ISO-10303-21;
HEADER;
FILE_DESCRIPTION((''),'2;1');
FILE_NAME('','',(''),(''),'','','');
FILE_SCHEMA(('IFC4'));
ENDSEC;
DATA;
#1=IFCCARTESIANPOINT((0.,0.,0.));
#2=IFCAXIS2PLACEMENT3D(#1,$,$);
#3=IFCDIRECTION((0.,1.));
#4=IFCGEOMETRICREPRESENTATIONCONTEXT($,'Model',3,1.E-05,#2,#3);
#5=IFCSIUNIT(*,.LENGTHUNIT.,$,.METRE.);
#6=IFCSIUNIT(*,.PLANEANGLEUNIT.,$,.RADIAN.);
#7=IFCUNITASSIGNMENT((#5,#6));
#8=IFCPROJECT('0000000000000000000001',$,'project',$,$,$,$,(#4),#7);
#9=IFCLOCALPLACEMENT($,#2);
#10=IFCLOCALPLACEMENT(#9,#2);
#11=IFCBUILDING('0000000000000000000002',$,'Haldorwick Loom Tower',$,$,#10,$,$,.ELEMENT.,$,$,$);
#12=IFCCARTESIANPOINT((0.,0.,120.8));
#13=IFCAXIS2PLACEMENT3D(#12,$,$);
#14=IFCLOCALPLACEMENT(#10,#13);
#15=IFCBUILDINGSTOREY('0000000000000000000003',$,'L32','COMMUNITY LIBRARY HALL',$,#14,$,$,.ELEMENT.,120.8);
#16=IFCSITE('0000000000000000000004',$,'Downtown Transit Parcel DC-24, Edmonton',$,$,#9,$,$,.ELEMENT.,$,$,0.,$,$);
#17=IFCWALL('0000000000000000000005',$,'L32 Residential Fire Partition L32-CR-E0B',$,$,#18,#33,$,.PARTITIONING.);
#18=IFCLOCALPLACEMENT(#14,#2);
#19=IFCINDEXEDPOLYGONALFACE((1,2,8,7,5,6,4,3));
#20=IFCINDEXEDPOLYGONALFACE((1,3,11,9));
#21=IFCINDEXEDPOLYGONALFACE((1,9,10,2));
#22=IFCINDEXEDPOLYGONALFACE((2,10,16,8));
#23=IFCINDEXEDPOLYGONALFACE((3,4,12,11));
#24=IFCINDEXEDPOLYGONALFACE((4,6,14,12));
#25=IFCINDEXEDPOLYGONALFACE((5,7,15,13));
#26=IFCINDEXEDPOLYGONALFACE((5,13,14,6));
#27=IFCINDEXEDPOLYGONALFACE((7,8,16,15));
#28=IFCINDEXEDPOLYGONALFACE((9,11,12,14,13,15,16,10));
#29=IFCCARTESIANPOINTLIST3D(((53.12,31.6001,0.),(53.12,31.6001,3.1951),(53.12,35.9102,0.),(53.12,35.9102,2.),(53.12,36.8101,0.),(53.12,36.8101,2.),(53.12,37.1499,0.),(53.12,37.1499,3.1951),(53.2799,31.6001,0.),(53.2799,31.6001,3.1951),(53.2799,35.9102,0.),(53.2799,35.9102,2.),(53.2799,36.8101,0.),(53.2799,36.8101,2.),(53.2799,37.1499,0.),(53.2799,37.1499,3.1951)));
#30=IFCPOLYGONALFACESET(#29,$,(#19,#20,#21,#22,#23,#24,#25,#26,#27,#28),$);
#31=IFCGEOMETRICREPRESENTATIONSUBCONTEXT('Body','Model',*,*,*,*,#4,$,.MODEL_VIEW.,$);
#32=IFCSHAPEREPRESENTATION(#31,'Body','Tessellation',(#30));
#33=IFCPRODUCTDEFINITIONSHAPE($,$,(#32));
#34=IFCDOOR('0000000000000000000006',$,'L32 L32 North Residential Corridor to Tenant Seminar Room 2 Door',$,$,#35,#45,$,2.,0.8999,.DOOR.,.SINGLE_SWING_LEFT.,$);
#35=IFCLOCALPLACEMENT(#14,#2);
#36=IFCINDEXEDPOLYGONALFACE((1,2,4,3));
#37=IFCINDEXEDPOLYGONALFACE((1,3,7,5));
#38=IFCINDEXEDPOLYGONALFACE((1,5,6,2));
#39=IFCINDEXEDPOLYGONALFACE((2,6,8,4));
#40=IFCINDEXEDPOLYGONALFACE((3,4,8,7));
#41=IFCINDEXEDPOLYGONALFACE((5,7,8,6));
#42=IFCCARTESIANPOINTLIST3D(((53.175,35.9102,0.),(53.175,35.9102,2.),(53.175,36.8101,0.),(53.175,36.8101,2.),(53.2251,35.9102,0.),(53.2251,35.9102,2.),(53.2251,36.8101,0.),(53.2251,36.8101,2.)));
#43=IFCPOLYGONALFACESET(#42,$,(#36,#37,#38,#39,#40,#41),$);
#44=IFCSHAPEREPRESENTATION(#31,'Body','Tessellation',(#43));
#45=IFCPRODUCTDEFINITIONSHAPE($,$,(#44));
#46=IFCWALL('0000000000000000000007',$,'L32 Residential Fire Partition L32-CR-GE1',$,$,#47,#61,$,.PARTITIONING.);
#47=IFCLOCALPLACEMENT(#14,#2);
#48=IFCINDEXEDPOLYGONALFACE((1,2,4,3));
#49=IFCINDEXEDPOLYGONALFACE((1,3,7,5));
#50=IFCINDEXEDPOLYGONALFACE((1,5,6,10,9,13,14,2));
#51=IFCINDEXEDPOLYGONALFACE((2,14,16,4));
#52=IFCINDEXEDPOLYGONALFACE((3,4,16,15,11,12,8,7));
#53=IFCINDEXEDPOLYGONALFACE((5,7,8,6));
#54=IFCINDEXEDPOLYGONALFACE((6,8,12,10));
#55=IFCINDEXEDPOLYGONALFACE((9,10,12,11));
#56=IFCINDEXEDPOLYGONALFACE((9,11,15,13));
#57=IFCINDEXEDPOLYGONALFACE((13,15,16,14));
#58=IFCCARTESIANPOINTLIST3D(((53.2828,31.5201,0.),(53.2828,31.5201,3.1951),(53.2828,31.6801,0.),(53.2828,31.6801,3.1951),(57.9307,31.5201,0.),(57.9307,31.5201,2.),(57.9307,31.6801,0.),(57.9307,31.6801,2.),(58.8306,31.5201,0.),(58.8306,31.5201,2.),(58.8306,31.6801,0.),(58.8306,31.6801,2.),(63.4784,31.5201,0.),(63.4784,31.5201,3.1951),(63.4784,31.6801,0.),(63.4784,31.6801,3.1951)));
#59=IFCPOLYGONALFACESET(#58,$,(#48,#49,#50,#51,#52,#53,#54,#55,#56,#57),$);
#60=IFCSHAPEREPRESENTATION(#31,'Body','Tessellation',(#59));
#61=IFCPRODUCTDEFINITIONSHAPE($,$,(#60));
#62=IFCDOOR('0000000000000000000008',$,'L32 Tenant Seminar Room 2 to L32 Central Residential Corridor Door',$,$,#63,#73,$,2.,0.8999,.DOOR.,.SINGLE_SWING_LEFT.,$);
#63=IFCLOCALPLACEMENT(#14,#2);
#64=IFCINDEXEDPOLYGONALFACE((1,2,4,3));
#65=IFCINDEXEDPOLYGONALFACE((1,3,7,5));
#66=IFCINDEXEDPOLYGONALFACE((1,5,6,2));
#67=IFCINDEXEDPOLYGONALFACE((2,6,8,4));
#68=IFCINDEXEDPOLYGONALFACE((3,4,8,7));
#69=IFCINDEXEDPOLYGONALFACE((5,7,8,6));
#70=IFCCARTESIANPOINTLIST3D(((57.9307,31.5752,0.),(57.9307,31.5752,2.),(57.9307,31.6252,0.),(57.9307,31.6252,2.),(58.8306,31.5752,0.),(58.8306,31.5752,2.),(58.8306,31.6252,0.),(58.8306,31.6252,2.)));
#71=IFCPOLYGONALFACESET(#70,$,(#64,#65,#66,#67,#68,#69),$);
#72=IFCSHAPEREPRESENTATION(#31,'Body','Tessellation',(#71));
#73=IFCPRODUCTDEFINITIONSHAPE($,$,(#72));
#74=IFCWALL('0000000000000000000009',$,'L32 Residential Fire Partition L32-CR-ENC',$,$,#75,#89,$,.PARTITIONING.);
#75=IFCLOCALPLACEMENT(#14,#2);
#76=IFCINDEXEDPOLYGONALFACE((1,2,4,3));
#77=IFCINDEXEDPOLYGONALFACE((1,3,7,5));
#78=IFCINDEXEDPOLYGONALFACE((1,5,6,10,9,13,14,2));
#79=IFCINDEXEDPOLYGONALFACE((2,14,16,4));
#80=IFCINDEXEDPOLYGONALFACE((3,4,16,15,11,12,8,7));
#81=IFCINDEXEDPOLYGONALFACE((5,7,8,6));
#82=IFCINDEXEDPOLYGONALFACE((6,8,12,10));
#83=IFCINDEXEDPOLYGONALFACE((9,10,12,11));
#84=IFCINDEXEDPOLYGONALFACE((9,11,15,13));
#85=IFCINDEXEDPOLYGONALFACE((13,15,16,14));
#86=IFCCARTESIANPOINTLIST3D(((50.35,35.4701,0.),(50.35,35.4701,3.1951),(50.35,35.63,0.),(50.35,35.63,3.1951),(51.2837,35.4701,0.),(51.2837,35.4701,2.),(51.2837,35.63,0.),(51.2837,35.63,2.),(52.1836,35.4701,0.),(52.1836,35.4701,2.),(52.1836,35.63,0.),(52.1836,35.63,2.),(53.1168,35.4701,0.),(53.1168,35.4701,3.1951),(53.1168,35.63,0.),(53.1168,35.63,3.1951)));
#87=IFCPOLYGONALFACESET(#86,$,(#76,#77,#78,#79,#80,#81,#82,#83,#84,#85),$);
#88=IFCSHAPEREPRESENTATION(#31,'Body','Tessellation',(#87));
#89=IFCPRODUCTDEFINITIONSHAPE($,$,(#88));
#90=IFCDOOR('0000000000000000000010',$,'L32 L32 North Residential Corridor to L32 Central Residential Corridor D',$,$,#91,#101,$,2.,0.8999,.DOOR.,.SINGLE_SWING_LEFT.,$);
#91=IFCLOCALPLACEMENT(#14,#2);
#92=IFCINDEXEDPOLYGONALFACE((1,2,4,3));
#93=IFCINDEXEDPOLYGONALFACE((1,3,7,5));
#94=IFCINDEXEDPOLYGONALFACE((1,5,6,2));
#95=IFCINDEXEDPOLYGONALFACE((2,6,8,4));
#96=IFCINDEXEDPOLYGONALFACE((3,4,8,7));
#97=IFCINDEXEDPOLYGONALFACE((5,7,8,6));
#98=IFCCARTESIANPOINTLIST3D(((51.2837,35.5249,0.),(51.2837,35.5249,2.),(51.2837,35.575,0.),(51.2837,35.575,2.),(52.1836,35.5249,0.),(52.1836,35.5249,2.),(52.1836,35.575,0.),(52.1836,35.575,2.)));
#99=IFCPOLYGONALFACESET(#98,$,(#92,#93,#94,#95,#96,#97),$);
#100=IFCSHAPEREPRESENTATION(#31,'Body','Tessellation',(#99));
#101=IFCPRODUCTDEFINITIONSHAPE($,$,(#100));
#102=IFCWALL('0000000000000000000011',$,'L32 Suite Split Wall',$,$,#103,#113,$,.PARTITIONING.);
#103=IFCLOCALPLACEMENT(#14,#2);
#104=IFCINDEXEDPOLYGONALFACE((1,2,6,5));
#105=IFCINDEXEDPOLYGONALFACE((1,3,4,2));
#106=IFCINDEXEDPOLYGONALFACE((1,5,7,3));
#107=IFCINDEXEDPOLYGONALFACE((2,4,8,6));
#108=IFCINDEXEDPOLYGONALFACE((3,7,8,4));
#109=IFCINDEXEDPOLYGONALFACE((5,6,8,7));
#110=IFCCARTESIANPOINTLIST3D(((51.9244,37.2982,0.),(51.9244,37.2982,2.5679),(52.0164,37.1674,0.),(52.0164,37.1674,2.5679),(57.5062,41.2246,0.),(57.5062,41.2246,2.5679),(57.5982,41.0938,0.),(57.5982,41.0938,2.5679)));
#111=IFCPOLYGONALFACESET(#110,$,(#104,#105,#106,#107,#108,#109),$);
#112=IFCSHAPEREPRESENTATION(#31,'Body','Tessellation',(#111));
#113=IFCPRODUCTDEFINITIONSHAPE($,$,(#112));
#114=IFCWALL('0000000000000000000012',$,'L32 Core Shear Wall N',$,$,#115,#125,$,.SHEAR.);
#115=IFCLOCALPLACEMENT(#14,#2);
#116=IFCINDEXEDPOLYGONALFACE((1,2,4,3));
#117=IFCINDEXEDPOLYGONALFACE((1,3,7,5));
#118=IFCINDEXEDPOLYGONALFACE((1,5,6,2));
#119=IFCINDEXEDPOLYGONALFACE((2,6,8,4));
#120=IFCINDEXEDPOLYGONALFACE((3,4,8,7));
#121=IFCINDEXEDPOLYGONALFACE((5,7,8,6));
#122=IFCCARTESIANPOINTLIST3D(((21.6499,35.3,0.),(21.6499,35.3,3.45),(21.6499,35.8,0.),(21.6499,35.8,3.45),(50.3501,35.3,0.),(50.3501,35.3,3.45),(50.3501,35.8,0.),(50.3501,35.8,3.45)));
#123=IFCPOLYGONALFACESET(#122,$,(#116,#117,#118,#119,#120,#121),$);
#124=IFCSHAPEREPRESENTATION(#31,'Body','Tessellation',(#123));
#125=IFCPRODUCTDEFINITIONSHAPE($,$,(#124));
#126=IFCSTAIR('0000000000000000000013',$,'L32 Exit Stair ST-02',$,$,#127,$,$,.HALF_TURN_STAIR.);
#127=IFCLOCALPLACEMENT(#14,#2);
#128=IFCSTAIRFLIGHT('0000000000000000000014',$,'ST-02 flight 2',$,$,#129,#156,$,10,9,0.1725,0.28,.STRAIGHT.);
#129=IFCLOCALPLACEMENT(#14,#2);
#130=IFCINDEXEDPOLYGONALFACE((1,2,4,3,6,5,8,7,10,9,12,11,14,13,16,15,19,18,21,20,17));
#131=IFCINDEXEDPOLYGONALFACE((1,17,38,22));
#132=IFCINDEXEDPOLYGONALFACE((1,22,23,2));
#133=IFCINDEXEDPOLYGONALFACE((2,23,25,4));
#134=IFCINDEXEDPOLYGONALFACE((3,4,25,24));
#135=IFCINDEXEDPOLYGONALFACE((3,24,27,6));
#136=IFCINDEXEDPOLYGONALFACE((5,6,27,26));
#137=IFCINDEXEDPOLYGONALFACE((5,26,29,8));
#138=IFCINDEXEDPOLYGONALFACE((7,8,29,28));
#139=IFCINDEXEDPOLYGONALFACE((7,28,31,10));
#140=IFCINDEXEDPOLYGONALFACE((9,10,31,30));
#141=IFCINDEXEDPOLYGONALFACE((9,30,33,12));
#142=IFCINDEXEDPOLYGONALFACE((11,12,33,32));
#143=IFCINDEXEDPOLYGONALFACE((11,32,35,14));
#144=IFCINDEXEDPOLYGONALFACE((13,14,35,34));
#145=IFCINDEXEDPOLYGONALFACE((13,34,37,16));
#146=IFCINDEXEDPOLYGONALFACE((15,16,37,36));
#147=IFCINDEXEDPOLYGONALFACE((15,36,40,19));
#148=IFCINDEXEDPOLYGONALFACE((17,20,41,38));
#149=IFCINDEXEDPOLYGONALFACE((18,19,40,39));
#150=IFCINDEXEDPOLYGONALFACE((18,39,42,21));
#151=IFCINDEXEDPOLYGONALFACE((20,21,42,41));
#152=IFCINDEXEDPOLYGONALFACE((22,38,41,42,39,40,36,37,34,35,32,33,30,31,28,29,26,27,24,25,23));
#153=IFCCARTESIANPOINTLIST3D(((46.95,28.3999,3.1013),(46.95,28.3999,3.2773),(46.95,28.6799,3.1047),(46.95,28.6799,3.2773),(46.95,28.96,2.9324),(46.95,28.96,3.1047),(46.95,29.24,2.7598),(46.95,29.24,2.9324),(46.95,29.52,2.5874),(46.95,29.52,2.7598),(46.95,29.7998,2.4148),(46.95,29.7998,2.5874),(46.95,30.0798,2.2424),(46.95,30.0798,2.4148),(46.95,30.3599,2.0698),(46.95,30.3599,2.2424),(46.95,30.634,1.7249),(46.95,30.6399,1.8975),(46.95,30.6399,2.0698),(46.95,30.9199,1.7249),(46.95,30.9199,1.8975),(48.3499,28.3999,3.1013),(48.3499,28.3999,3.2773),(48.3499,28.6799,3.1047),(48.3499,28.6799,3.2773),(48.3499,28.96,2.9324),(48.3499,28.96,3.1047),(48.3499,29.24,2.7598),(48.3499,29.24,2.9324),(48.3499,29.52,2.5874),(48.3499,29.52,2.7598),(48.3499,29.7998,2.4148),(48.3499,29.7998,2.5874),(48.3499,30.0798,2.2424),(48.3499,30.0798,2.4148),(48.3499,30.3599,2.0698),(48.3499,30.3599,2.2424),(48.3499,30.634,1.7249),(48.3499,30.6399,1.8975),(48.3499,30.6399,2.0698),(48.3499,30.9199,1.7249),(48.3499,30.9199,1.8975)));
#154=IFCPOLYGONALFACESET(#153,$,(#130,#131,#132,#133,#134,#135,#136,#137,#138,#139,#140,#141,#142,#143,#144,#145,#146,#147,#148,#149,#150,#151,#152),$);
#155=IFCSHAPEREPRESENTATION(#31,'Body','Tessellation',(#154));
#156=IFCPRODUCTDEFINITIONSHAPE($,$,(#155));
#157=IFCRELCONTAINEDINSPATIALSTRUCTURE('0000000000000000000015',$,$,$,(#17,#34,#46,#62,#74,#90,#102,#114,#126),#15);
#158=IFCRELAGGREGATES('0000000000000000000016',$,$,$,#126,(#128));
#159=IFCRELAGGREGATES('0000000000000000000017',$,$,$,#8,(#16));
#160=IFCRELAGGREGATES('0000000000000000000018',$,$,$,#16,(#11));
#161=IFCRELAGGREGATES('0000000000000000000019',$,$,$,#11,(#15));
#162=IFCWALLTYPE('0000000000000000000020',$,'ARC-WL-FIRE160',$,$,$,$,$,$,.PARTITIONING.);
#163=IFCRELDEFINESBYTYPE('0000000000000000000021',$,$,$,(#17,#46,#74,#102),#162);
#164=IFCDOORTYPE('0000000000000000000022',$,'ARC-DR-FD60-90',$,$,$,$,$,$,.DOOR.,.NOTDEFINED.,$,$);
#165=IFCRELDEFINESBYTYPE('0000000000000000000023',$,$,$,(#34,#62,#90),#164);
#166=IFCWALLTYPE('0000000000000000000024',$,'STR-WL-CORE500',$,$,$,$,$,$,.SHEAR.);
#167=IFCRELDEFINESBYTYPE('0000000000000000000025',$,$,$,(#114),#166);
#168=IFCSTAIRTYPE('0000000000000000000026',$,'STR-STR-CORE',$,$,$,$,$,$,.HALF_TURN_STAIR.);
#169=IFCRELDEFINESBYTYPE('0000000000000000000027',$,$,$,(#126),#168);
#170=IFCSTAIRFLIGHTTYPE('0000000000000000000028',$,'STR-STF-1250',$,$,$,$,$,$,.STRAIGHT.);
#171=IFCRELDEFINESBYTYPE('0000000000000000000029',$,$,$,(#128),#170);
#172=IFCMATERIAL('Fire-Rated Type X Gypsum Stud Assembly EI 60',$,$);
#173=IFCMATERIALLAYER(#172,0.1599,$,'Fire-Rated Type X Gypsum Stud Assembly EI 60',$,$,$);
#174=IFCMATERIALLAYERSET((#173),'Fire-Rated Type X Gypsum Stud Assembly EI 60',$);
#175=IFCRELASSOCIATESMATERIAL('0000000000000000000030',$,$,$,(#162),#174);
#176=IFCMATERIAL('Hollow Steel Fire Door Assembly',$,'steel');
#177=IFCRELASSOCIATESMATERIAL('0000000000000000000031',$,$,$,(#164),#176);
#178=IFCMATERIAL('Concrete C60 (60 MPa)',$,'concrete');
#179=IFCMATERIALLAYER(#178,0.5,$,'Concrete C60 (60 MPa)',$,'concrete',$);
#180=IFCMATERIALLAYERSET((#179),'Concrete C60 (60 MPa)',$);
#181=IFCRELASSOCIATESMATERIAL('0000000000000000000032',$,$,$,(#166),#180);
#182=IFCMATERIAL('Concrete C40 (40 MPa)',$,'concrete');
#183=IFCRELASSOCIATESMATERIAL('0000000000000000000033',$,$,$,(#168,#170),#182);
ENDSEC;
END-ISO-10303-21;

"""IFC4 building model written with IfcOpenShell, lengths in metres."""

from ifc_helpers import new_model, si_unit, direction, frame, frame_2d, origin, place, context, subcontext, project, spatial, polyline, rectangle, outline, extrude, material, layer, layer_set, type_object, element, fill, aggregate, save


model = new_model("IFC4")

# Units and contexts
model_context = context("Model", 3, precision=1e-05, world=origin(), true_north=direction((0.0, 1.0)))
body_context = subcontext(model_context, "Body", "Model", "MODEL_VIEW")
ifc_project = project(units=[si_unit("LENGTHUNIT", "METRE"), si_unit("PLANEANGLEUNIT", "RADIAN")], contexts=[model_context])

# Site, building, storey
site_placement = place(None, origin())
site = spatial("IfcSite", under=ifc_project, at=site_placement, Name="Downtown Transit Parcel DC-24, Edmonton", CompositionType="ELEMENT", RefElevation=0.0)
building_placement = place(site_placement, origin())
building = spatial("IfcBuilding", under=site, at=building_placement, Name="Haldorwick Loom Tower", CompositionType="ELEMENT")
storey_placement = place(building_placement, frame((0.0, 0.0, 120.8)))
storey = spatial("IfcBuildingStorey", under=building, at=storey_placement, Name="L32", Description="COMMUNITY LIBRARY HALL", CompositionType="ELEMENT", Elevation=120.8)

# Shared definitions
ifc_material_1 = material(Name="Concrete C60 (60 MPa)", Category="concrete")

# Walls, openings, doors
ifc_material_2 = material(Name="Fire-Rated Type X Gypsum Stud Assembly EI 60")
ifc_layer_1 = layer(ifc_material_2, 0.1599, Name="Fire-Rated Type X Gypsum Stud Assembly EI 60")
ifc_layer_set_1 = layer_set([ifc_layer_1], Name="Fire-Rated Type X Gypsum Stud Assembly EI 60")
wall_type_1 = type_object("IfcWallType", Name="ARC-WL-FIRE160", PredefinedType="PARTITIONING", material=ifc_layer_set_1)
wall_1_placement = place(storey_placement, frame((53.2, 31.6001, 0.0), z_axis=(0.0, 0.0, 1.0), x_axis=(0.0, 1.0, 0.0)))
wall_1 = element("IfcWall", 1, at=wall_1_placement, inside=storey, type_object=wall_type_1, Name="L32 Residential Fire Partition L32-CR-E0B", PredefinedType="PARTITIONING", context=body_context, shape_type="SweptSolid", body=[
    extrude(rectangle(XDim=5.5498, YDim=0.1599, at=frame_2d((2.7749, 0.0))), origin(), (0.0, 0.0, 1.0), 3.1951),
])
opening_1_placement = place(wall_1_placement, frame((4.3101, 0.0, 0.0)))
opening_1 = element("IfcOpeningElement", 2, at=opening_1_placement, cuts=wall_1, PredefinedType="OPENING", context=body_context, shape_type="SweptSolid", body=[
    extrude(rectangle(XDim=0.8999, YDim=2.0, at=frame_2d((0.45, 1.0))), frame((0.0, 0.0898, 0.0), z_axis=(0.0, -1.0, 0.0), x_axis=(1.0, 0.0, 0.0)), (0.0, 0.0, 1.0), 0.1799),
])
ifc_material_3 = material(Name="Hollow Steel Fire Door Assembly", Category="steel")
door_type = type_object("IfcDoorType", Name="ARC-DR-FD60-90", OperationType="NOTDEFINED", PredefinedType="DOOR", material=ifc_material_3)
door_1_placement = place(opening_1_placement, origin())
door_1 = element("IfcDoor", 3, at=door_1_placement, inside=storey, type_object=door_type, Name="L32 L32 North Residential Corridor to Tenant Seminar Room 2 Door", OperationType="SINGLE_SWING_LEFT", OverallHeight=2.0, OverallWidth=0.8999, PredefinedType="DOOR", context=body_context, shape_type="SweptSolid", body=[
    extrude(rectangle(XDim=0.8999, YDim=2.0, at=frame_2d((0.45, 1.0))), frame((0.0, 0.0249, 0.0), z_axis=(0.0, -1.0, 0.0), x_axis=(1.0, 0.0, 0.0)), (0.0, 0.0, 1.0), 0.05),
])
fill(opening_1, door_1)
wall_2_placement = place(storey_placement, frame((53.283, 31.6001, 0.0), z_axis=(0.0, 0.0, 1.0), x_axis=(1.0, 0.0, 0.0)))
wall_2 = element("IfcWall", 4, at=wall_2_placement, inside=storey, type_object=wall_type_1, Name="L32 Residential Fire Partition L32-CR-GE1", PredefinedType="PARTITIONING", context=body_context, shape_type="SweptSolid", body=[
    extrude(rectangle(XDim=10.1956, YDim=0.1599, at=frame_2d((5.0977, 0.0))), origin(), (0.0, 0.0, 1.0), 3.1951),
])
opening_2_placement = place(wall_2_placement, frame((4.6477, 0.0, 0.0)))
opening_2 = element("IfcOpeningElement", 5, at=opening_2_placement, cuts=wall_2, PredefinedType="OPENING", context=body_context, shape_type="SweptSolid", body=[
    extrude(rectangle(XDim=0.8999, YDim=2.0, at=frame_2d((0.45, 1.0))), frame((0.0, 0.0898, 0.0), z_axis=(0.0, -1.0, 0.0), x_axis=(1.0, 0.0, 0.0)), (0.0, 0.0, 1.0), 0.1799),
])
door_2_placement = place(opening_2_placement, frame((0.8999, 0.0, 0.0), z_axis=(0.0, 0.0, 1.0), x_axis=(-1.0, 0.0, 0.0)))
door_2 = element("IfcDoor", 6, at=door_2_placement, inside=storey, type_object=door_type, Name="L32 Tenant Seminar Room 2 to L32 Central Residential Corridor Door", OperationType="SINGLE_SWING_LEFT", OverallHeight=2.0, OverallWidth=0.8999, PredefinedType="DOOR", context=body_context, shape_type="SweptSolid", body=[
    extrude(rectangle(XDim=0.8999, YDim=2.0, at=frame_2d((0.45, 1.0))), frame((0.0, 0.0249, 0.0), z_axis=(0.0, -1.0, 0.0), x_axis=(1.0, 0.0, 0.0)), (0.0, 0.0, 1.0), 0.05),
])
fill(opening_2, door_2)
wall_3_placement = place(storey_placement, frame((50.3501, 35.55, 0.0), z_axis=(0.0, 0.0, 1.0), x_axis=(1.0, 0.0, 0.0)))
wall_3 = element("IfcWall", 7, at=wall_3_placement, inside=storey, type_object=wall_type_1, Name="L32 Residential Fire Partition L32-CR-ENC", PredefinedType="PARTITIONING", context=body_context, shape_type="SweptSolid", body=[
    extrude(rectangle(XDim=2.7668, YDim=0.1599, at=frame_2d((1.3833, 0.0))), origin(), (0.0, 0.0, 1.0), 3.1951),
])
opening_3_placement = place(wall_3_placement, frame((0.9336, 0.0, 0.0)))
opening_3 = element("IfcOpeningElement", 8, at=opening_3_placement, cuts=wall_3, PredefinedType="OPENING", context=body_context, shape_type="SweptSolid", body=[
    extrude(rectangle(XDim=0.8999, YDim=2.0, at=frame_2d((0.45, 1.0))), frame((0.0, 0.0898, 0.0), z_axis=(0.0, -1.0, 0.0), x_axis=(1.0, 0.0, 0.0)), (0.0, 0.0, 1.0), 0.1799),
])
door_3_placement = place(opening_3_placement, origin())
door_3 = element("IfcDoor", 9, at=door_3_placement, inside=storey, type_object=door_type, Name="L32 L32 North Residential Corridor to L32 Central Residential Corridor D", OperationType="SINGLE_SWING_LEFT", OverallHeight=2.0, OverallWidth=0.8999, PredefinedType="DOOR", context=body_context, shape_type="SweptSolid", body=[
    extrude(rectangle(XDim=0.8999, YDim=2.0, at=frame_2d((0.45, 1.0))), frame((0.0, 0.0249, 0.0), z_axis=(0.0, -1.0, 0.0), x_axis=(1.0, 0.0, 0.0)), (0.0, 0.0, 1.0), 0.05),
])
fill(opening_3, door_3)

# Walls
wall_4_placement = place(storey_placement, frame((51.9705, 37.2329, 0.0), z_axis=(0.0, 0.0, 1.0), x_axis=(0.817921, 0.575331, 0.0)))
element("IfcWall", 10, at=wall_4_placement, inside=storey, type_object=wall_type_1, Name="L32 Suite Split Wall", PredefinedType="PARTITIONING", context=body_context, shape_type="SweptSolid", body=[
    extrude(rectangle(XDim=6.8245, YDim=0.1599, at=frame_2d((3.4121, 0.0))), origin(), (0.0, 0.0, 1.0), 2.5679),
])
ifc_layer_2 = layer(ifc_material_1, 0.5, Name="Concrete C60 (60 MPa)", Category="concrete")
ifc_layer_set_2 = layer_set([ifc_layer_2], Name="Concrete C60 (60 MPa)")
wall_type_2 = type_object("IfcWallType", Name="STR-WL-CORE500", PredefinedType="SHEAR", material=ifc_layer_set_2)
wall_5_placement = place(storey_placement, frame((50.3501, 35.55, 0.0), z_axis=(0.0, 0.0, 1.0), x_axis=(-1.0, 0.0, 0.0)))
element("IfcWall", 11, at=wall_5_placement, inside=storey, type_object=wall_type_2, Name="L32 Core Shear Wall N", PredefinedType="SHEAR", context=body_context, shape_type="SweptSolid", body=[
    extrude(rectangle(XDim=28.7002, YDim=0.5, at=frame_2d((14.3501, 0.0))), origin(), (0.0, 0.0, 1.0), 3.45),
])

# Stair, stair flight
ifc_material_4 = material(Name="Concrete C40 (40 MPa)", Category="concrete")
stair_type = type_object("IfcStairType", Name="STR-STR-CORE", PredefinedType="HALF_TURN_STAIR", material=ifc_material_4)
stair_placement = place(storey_placement, origin())
stair = element("IfcStair", 12, at=stair_placement, inside=storey, type_object=stair_type, Name="L32 Exit Stair ST-02", PredefinedType="HALF_TURN_STAIR")
stair_flight_type = type_object("IfcStairFlightType", Name="STR-STF-1250", PredefinedType="STRAIGHT", material=ifc_material_4)
stair_flight_placement = place(storey_placement, frame((47.6499, 30.9199, 1.7249), z_axis=(0.0, 0.0, 1.0), x_axis=(0.0, -1.0, 0.0)))
stair_flight = element("IfcStairFlight", 13, at=stair_flight_placement, type_object=stair_flight_type, Name="ST-02 flight 2", NumberOfRisers=10, NumberOfTreads=9, PredefinedType="STRAIGHT", RiserHeight=0.1725, TreadLength=0.28, context=body_context, shape_type="SweptSolid", body=[
    extrude(outline(polyline([(0.0, 0.0), (0.0, 0.1726), (0.28, 0.1726), (0.28, 0.345), (0.5601, 0.345), (0.5601, 0.5176), (0.8401, 0.5176), (0.8401, 0.6899), (1.1201, 0.6899), (1.1201, 0.8625), (1.3999, 0.8625), (1.3999, 1.0349), (1.6799, 1.0349), (1.6799, 1.2075), (1.96, 1.2075), (1.96, 1.3799), (2.24, 1.3799), (2.24, 1.5525), (2.52, 1.5525), (2.52, 1.7251), (2.52, 1.3765), (0.2859, 0.0), (0.0, 0.0)])), frame((0.0, 0.7, 0.0), z_axis=(0.0, -1.0, 0.0), x_axis=(1.0, 0.0, 0.0)), (0.0, 0.0, 1.0), 1.3999),
])
aggregate(stair, [stair_flight])

save(model, "model.ifc")
